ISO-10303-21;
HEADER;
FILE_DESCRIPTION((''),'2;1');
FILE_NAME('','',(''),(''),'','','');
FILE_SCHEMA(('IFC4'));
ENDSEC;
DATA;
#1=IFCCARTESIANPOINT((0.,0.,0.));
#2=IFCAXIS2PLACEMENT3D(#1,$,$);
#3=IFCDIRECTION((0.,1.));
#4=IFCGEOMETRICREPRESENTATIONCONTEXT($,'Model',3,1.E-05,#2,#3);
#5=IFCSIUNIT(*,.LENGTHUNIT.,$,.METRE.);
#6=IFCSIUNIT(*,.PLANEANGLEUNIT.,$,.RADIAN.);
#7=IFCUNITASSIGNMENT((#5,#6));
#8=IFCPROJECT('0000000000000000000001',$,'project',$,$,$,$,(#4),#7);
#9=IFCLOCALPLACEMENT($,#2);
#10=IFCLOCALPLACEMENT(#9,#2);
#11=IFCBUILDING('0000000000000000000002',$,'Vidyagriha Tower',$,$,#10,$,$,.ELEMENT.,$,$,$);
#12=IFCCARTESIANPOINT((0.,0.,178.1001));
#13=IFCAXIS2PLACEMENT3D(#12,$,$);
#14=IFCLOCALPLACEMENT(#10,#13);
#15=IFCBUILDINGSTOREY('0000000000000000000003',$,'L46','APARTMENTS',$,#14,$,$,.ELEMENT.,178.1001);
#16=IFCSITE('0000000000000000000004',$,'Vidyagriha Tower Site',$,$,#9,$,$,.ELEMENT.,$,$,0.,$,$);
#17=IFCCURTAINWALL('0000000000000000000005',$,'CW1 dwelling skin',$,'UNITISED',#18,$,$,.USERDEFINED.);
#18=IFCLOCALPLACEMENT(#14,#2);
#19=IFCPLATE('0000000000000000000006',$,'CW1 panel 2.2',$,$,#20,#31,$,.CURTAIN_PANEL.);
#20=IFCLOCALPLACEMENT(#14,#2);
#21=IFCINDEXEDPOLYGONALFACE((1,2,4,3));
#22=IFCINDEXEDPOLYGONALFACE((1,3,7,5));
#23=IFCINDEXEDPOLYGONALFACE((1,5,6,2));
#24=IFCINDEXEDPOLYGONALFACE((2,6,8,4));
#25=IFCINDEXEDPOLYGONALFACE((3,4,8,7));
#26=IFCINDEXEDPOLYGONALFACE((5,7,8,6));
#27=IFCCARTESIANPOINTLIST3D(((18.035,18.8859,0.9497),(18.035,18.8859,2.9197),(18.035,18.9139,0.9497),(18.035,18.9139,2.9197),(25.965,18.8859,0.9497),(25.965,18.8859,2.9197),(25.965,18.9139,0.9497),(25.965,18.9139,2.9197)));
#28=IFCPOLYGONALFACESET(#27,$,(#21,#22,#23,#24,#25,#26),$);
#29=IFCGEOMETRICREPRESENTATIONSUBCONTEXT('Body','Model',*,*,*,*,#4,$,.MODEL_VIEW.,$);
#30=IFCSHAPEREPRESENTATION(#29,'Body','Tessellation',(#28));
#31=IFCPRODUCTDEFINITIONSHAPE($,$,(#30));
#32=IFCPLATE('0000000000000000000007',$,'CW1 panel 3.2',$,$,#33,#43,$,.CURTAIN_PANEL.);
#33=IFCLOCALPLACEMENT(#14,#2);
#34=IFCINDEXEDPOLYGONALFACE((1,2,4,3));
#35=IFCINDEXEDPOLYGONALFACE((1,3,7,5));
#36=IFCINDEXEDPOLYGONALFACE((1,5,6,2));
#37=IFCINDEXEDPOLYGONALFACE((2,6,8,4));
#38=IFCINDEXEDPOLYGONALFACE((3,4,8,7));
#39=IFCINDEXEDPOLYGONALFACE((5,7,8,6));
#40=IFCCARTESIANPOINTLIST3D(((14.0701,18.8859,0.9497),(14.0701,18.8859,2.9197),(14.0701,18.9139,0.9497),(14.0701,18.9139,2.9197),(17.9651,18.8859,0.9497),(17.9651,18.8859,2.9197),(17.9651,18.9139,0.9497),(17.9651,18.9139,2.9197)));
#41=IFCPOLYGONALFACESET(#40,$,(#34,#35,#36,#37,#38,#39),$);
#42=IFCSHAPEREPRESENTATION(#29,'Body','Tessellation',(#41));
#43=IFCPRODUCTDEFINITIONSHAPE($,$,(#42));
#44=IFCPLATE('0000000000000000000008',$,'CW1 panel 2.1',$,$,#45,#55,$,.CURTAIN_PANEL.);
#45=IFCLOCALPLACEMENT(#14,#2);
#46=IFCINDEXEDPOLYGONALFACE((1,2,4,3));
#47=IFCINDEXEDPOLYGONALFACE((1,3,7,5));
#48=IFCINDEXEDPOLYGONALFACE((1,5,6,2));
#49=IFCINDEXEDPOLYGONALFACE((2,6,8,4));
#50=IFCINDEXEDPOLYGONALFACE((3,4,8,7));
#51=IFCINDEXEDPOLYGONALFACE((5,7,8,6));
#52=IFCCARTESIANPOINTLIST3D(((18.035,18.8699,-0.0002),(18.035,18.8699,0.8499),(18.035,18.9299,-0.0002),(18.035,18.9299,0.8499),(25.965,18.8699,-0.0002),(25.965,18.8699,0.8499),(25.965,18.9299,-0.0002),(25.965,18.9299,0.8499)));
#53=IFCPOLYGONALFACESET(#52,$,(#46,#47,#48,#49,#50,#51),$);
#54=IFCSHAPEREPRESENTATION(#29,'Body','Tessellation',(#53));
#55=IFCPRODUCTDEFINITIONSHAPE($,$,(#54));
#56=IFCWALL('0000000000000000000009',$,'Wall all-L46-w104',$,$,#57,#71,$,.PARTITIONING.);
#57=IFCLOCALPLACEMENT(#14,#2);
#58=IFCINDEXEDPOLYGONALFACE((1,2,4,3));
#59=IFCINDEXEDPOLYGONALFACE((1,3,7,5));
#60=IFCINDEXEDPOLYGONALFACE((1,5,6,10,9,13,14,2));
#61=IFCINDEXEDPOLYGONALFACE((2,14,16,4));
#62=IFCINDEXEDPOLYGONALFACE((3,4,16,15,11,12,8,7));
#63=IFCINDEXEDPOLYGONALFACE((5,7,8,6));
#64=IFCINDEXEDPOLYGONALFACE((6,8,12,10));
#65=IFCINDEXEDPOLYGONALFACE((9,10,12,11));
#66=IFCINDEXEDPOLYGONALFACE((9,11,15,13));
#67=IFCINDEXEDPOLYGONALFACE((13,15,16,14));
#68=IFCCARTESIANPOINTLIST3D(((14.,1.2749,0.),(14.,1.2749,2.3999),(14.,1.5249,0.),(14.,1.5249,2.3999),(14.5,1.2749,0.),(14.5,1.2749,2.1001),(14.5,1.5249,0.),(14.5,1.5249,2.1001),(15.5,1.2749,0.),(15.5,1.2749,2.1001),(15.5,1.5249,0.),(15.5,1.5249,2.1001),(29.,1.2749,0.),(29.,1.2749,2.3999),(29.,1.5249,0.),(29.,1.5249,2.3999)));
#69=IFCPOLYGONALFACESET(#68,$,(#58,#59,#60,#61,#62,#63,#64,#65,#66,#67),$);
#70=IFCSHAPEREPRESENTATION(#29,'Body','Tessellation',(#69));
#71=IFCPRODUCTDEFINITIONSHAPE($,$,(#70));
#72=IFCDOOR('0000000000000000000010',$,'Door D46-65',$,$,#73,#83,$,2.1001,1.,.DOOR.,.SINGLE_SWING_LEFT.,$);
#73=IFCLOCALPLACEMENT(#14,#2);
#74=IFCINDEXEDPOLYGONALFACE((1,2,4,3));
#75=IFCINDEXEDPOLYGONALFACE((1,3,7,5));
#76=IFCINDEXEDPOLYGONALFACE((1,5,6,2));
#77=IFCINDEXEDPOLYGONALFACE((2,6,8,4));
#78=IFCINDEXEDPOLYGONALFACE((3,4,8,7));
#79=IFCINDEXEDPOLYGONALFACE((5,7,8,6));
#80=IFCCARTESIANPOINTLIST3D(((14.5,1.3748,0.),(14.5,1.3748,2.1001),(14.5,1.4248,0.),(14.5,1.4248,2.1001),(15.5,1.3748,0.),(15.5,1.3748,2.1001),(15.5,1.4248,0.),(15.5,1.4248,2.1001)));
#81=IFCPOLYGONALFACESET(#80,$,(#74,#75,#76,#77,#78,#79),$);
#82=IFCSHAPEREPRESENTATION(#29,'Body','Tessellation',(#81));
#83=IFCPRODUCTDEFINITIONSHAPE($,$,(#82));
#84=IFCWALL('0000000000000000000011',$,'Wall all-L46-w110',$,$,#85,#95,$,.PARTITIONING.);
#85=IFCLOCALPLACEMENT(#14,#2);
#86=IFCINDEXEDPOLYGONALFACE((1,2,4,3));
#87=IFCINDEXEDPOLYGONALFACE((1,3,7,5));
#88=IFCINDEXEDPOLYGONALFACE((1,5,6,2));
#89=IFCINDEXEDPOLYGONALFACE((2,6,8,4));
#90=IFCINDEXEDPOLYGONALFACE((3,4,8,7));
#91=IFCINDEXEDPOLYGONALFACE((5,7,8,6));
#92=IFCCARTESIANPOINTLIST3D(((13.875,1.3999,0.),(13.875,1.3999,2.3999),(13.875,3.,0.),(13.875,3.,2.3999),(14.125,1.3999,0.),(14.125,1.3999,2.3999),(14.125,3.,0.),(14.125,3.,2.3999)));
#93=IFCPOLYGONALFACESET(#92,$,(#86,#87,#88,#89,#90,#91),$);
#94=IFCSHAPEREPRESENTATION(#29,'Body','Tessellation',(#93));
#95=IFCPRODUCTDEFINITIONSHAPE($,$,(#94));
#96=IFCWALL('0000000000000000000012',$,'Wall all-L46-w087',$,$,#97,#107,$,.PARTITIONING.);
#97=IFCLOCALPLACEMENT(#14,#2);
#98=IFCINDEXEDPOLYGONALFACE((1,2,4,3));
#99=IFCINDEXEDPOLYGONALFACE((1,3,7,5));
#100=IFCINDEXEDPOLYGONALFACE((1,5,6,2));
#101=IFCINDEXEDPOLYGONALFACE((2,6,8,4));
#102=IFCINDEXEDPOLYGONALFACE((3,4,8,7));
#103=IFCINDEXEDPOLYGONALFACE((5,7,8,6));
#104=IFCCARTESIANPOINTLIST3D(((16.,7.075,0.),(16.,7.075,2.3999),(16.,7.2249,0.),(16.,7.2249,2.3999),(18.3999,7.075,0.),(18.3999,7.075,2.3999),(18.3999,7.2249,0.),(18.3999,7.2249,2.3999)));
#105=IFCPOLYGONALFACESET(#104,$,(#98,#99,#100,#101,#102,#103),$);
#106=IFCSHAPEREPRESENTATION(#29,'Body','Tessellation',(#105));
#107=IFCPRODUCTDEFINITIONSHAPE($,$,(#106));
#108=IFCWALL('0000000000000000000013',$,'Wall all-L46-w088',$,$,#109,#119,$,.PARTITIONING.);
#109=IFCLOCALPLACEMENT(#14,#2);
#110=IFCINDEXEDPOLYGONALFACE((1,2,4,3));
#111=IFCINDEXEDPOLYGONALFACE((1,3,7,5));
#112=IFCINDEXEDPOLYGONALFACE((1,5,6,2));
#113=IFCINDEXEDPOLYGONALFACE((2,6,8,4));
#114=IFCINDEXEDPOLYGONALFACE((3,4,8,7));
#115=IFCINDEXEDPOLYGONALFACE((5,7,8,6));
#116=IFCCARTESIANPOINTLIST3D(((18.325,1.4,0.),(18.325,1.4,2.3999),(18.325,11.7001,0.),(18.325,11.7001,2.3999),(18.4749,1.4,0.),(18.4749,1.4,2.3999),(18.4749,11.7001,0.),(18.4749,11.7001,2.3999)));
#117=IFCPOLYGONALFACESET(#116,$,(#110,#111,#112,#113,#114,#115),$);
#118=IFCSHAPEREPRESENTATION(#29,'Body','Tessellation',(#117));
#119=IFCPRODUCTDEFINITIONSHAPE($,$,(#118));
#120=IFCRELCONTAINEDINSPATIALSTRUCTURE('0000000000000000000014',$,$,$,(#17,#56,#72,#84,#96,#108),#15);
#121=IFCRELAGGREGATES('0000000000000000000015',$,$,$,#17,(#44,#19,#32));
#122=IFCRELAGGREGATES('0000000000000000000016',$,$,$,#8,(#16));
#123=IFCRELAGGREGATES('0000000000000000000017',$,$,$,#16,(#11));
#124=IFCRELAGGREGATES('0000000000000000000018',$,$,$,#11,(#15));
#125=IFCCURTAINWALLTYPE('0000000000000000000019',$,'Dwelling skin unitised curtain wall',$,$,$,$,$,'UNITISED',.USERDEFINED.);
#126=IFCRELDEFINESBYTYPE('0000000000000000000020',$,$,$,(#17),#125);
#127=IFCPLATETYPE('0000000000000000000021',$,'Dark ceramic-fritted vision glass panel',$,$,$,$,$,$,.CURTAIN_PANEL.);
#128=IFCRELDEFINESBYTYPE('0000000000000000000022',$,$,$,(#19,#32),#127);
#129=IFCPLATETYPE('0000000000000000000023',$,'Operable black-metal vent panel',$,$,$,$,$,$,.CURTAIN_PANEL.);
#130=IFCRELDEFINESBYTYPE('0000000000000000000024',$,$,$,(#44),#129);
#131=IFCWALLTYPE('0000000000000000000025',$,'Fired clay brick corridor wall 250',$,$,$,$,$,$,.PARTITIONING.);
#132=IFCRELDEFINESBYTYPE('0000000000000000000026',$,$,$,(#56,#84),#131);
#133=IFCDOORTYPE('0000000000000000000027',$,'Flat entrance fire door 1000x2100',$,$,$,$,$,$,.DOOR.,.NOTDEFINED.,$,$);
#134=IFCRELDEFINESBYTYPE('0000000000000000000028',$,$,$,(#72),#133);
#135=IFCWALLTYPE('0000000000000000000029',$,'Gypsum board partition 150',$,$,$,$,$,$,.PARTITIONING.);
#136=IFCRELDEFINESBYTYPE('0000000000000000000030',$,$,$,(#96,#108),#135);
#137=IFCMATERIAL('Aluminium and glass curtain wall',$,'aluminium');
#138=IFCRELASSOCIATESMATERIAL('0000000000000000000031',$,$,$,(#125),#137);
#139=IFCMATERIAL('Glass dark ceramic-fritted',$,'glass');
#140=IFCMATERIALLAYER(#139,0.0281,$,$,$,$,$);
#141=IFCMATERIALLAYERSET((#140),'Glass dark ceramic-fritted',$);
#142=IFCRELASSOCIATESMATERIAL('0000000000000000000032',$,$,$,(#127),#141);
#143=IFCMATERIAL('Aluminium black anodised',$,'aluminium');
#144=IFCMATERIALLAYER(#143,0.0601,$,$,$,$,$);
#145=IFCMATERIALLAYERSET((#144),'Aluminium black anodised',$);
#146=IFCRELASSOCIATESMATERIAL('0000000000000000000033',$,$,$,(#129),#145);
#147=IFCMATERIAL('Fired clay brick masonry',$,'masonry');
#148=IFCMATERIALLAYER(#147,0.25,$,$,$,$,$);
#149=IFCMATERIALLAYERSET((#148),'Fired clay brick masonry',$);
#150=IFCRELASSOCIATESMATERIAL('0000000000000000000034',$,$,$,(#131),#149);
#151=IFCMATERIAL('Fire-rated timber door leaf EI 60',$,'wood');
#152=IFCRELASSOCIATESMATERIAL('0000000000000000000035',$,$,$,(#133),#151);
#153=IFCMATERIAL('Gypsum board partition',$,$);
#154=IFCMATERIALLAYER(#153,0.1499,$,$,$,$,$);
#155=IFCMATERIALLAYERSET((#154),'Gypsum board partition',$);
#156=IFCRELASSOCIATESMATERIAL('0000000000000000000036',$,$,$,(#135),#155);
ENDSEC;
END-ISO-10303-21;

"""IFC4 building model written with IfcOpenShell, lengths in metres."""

from ifc_helpers import new_model, si_unit, direction, frame, frame_2d, origin, origin_2d, place, context, subcontext, project, spatial, rectangle, extrude, material, layer, layer_set, type_object, element, fill, aggregate, save


model = new_model("IFC4")

# Units and contexts
model_context = context("Model", 3, precision=1e-05, world=origin(), true_north=direction((0.0, 1.0)))
body_context = subcontext(model_context, "Body", "Model", "MODEL_VIEW")
ifc_project = project(units=[si_unit("LENGTHUNIT", "METRE"), si_unit("PLANEANGLEUNIT", "RADIAN")], contexts=[model_context])

# Site, building, storey
site_placement = place(None, origin())
site = spatial("IfcSite", under=ifc_project, at=site_placement, Name="Vidyagriha Tower Site", CompositionType="ELEMENT", RefElevation=0.0)
building_placement = place(site_placement, origin())
building = spatial("IfcBuilding", under=site, at=building_placement, Name="Vidyagriha Tower", CompositionType="ELEMENT")
storey_placement = place(building_placement, frame((0.0, 0.0, 178.1001)))
storey = spatial("IfcBuildingStorey", under=building, at=storey_placement, Name="L46", Description="APARTMENTS", CompositionType="ELEMENT", Elevation=178.1001)

# Curtain wall, plates
ifc_material_1 = material(Name="Aluminium and glass curtain wall", Category="aluminium")
curtain_wall_type = type_object("IfcCurtainWallType", Name="Dwelling skin unitised curtain wall", ElementType="UNITISED", PredefinedType="USERDEFINED", material=ifc_material_1)
curtain_wall_placement = place(storey_placement, origin())
curtain_wall = element("IfcCurtainWall", 1, at=curtain_wall_placement, inside=storey, type_object=curtain_wall_type, Name="CW1 dwelling skin", ObjectType="UNITISED", PredefinedType="USERDEFINED")
ifc_material_2 = material(Name="Glass dark ceramic-fritted", Category="glass")
ifc_layer_1 = layer(ifc_material_2, 0.0281)
ifc_layer_set_1 = layer_set([ifc_layer_1], Name="Glass dark ceramic-fritted")
plate_type_1 = type_object("IfcPlateType", Name="Dark ceramic-fritted vision glass panel", PredefinedType="CURTAIN_PANEL", material=ifc_layer_set_1)
plate_1_placement = place(storey_placement, frame((22.0, 18.8999, 0.9497), z_axis=(0.0, 0.0, 1.0), x_axis=(-1.0, 0.0, 0.0)))
plate_1 = element("IfcPlate", 2, at=plate_1_placement, type_object=plate_type_1, Name="CW1 panel 2.2", PredefinedType="CURTAIN_PANEL", context=body_context, shape_type="SweptSolid", body=[
    extrude(rectangle(XDim=7.9299, YDim=0.0281, at=origin_2d()), origin(), (0.0, 0.0, 1.0), 1.97),
])
plate_2_placement = place(storey_placement, frame((16.0176, 18.8999, 0.9497), z_axis=(0.0, 0.0, 1.0), x_axis=(-1.0, 0.0, 0.0)))
plate_2 = element("IfcPlate", 3, at=plate_2_placement, type_object=plate_type_1, Name="CW1 panel 3.2", PredefinedType="CURTAIN_PANEL", context=body_context, shape_type="SweptSolid", body=[
    extrude(rectangle(XDim=3.895, YDim=0.0281, at=origin_2d()), origin(), (0.0, 0.0, 1.0), 1.97),
])
ifc_material_3 = material(Name="Aluminium black anodised", Category="aluminium")
ifc_layer_2 = layer(ifc_material_3, 0.0601)
ifc_layer_set_2 = layer_set([ifc_layer_2], Name="Aluminium black anodised")
plate_type_2 = type_object("IfcPlateType", Name="Operable black-metal vent panel", PredefinedType="CURTAIN_PANEL", material=ifc_layer_set_2)
plate_3_placement = place(storey_placement, frame((22.0, 18.8999, -0.0002), z_axis=(0.0, 0.0, 1.0), x_axis=(-1.0, 0.0, 0.0)))
plate_3 = element("IfcPlate", 4, at=plate_3_placement, type_object=plate_type_2, Name="CW1 panel 2.1", PredefinedType="CURTAIN_PANEL", context=body_context, shape_type="SweptSolid", body=[
    extrude(rectangle(XDim=7.9299, YDim=0.0601, at=origin_2d()), origin(), (0.0, 0.0, 1.0), 0.8501),
])
aggregate(curtain_wall, [plate_3, plate_1, plate_2])

# Wall, opening, door
ifc_material_4 = material(Name="Fired clay brick masonry", Category="masonry")
ifc_layer_3 = layer(ifc_material_4, 0.25)
ifc_layer_set_3 = layer_set([ifc_layer_3], Name="Fired clay brick masonry")
wall_type_1 = type_object("IfcWallType", Name="Fired clay brick corridor wall 250", PredefinedType="PARTITIONING", material=ifc_layer_set_3)
wall_1_placement = place(storey_placement, frame((14.0, 1.3999, 0.0)))
wall_1 = element("IfcWall", 5, at=wall_1_placement, inside=storey, type_object=wall_type_1, Name="Wall all-L46-w104", PredefinedType="PARTITIONING", context=body_context, shape_type="SweptSolid", body=[
    extrude(rectangle(XDim=15.0, YDim=0.25, at=frame_2d((7.5, 0.0))), origin(), (0.0, 0.0, 1.0), 2.3999),
])
opening_1_placement = place(wall_1_placement, frame((0.5, 0.0, 0.0)))
opening_1 = element("IfcOpeningElement", 6, at=opening_1_placement, cuts=wall_1, PredefinedType="OPENING", context=body_context, shape_type="SweptSolid", body=[
    extrude(rectangle(XDim=1.0, YDim=2.1001, at=frame_2d((0.5, 1.05))), frame((0.0, 0.135, 0.0), z_axis=(0.0, -1.0, 0.0), x_axis=(1.0, 0.0, 0.0)), (0.0, 0.0, 1.0), 0.27),
])
ifc_material_5 = material(Name="Fire-rated timber door leaf EI 60", Category="wood")
door_type_1 = type_object("IfcDoorType", Name="Flat entrance fire door 1000x2100", OperationType="NOTDEFINED", PredefinedType="DOOR", material=ifc_material_5)
door_1_placement = place(opening_1_placement, origin())
door_1 = element("IfcDoor", 7, at=door_1_placement, inside=storey, type_object=door_type_1, Name="Door D46-65", OperationType="SINGLE_SWING_LEFT", OverallHeight=2.1001, OverallWidth=1.0, PredefinedType="DOOR", context=body_context, shape_type="SweptSolid", body=[
    extrude(rectangle(XDim=1.0, YDim=2.1001, at=frame_2d((0.5, 1.05))), frame((0.0, 0.0249, 0.0), z_axis=(0.0, -1.0, 0.0), x_axis=(1.0, 0.0, 0.0)), (0.0, 0.0, 1.0), 0.05),
])
fill(opening_1, door_1)

# Walls
wall_2_placement = place(storey_placement, frame((14.0, 1.3999, 0.0), z_axis=(0.0, 0.0, 1.0), x_axis=(0.0, 1.0, 0.0)))
element("IfcWall", 8, at=wall_2_placement, inside=storey, type_object=wall_type_1, Name="Wall all-L46-w110", PredefinedType="PARTITIONING", context=body_context, shape_type="SweptSolid", body=[
    extrude(rectangle(XDim=1.6001, YDim=0.25, at=frame_2d((0.8, 0.0))), origin(), (0.0, 0.0, 1.0), 2.3999),
])
ifc_material_6 = material(Name="Gypsum board partition")
ifc_layer_4 = layer(ifc_material_6, 0.1499)
ifc_layer_set_4 = layer_set([ifc_layer_4], Name="Gypsum board partition")
wall_type_2 = type_object("IfcWallType", Name="Gypsum board partition 150", PredefinedType="PARTITIONING", material=ifc_layer_set_4)
wall_3_placement = place(storey_placement, frame((16.0, 7.1499, 0.0)))
element("IfcWall", 9, at=wall_3_placement, inside=storey, type_object=wall_type_2, Name="Wall all-L46-w087", PredefinedType="PARTITIONING", context=body_context, shape_type="SweptSolid", body=[
    extrude(rectangle(XDim=2.3999, YDim=0.1499, at=frame_2d((1.2, 0.0))), origin(), (0.0, 0.0, 1.0), 2.3999),
])
wall_4_placement = place(storey_placement, frame((18.3999, 11.7, 0.0), z_axis=(0.0, 0.0, 1.0), x_axis=(0.0, -1.0, 0.0)))
element("IfcWall", 10, at=wall_4_placement, inside=storey, type_object=wall_type_2, Name="Wall all-L46-w088", PredefinedType="PARTITIONING", context=body_context, shape_type="SweptSolid", body=[
    extrude(rectangle(XDim=10.3, YDim=0.1499, at=frame_2d((5.1499, 0.0))), origin(), (0.0, 0.0, 1.0), 2.3999),
])

save(model, "model.ifc")
